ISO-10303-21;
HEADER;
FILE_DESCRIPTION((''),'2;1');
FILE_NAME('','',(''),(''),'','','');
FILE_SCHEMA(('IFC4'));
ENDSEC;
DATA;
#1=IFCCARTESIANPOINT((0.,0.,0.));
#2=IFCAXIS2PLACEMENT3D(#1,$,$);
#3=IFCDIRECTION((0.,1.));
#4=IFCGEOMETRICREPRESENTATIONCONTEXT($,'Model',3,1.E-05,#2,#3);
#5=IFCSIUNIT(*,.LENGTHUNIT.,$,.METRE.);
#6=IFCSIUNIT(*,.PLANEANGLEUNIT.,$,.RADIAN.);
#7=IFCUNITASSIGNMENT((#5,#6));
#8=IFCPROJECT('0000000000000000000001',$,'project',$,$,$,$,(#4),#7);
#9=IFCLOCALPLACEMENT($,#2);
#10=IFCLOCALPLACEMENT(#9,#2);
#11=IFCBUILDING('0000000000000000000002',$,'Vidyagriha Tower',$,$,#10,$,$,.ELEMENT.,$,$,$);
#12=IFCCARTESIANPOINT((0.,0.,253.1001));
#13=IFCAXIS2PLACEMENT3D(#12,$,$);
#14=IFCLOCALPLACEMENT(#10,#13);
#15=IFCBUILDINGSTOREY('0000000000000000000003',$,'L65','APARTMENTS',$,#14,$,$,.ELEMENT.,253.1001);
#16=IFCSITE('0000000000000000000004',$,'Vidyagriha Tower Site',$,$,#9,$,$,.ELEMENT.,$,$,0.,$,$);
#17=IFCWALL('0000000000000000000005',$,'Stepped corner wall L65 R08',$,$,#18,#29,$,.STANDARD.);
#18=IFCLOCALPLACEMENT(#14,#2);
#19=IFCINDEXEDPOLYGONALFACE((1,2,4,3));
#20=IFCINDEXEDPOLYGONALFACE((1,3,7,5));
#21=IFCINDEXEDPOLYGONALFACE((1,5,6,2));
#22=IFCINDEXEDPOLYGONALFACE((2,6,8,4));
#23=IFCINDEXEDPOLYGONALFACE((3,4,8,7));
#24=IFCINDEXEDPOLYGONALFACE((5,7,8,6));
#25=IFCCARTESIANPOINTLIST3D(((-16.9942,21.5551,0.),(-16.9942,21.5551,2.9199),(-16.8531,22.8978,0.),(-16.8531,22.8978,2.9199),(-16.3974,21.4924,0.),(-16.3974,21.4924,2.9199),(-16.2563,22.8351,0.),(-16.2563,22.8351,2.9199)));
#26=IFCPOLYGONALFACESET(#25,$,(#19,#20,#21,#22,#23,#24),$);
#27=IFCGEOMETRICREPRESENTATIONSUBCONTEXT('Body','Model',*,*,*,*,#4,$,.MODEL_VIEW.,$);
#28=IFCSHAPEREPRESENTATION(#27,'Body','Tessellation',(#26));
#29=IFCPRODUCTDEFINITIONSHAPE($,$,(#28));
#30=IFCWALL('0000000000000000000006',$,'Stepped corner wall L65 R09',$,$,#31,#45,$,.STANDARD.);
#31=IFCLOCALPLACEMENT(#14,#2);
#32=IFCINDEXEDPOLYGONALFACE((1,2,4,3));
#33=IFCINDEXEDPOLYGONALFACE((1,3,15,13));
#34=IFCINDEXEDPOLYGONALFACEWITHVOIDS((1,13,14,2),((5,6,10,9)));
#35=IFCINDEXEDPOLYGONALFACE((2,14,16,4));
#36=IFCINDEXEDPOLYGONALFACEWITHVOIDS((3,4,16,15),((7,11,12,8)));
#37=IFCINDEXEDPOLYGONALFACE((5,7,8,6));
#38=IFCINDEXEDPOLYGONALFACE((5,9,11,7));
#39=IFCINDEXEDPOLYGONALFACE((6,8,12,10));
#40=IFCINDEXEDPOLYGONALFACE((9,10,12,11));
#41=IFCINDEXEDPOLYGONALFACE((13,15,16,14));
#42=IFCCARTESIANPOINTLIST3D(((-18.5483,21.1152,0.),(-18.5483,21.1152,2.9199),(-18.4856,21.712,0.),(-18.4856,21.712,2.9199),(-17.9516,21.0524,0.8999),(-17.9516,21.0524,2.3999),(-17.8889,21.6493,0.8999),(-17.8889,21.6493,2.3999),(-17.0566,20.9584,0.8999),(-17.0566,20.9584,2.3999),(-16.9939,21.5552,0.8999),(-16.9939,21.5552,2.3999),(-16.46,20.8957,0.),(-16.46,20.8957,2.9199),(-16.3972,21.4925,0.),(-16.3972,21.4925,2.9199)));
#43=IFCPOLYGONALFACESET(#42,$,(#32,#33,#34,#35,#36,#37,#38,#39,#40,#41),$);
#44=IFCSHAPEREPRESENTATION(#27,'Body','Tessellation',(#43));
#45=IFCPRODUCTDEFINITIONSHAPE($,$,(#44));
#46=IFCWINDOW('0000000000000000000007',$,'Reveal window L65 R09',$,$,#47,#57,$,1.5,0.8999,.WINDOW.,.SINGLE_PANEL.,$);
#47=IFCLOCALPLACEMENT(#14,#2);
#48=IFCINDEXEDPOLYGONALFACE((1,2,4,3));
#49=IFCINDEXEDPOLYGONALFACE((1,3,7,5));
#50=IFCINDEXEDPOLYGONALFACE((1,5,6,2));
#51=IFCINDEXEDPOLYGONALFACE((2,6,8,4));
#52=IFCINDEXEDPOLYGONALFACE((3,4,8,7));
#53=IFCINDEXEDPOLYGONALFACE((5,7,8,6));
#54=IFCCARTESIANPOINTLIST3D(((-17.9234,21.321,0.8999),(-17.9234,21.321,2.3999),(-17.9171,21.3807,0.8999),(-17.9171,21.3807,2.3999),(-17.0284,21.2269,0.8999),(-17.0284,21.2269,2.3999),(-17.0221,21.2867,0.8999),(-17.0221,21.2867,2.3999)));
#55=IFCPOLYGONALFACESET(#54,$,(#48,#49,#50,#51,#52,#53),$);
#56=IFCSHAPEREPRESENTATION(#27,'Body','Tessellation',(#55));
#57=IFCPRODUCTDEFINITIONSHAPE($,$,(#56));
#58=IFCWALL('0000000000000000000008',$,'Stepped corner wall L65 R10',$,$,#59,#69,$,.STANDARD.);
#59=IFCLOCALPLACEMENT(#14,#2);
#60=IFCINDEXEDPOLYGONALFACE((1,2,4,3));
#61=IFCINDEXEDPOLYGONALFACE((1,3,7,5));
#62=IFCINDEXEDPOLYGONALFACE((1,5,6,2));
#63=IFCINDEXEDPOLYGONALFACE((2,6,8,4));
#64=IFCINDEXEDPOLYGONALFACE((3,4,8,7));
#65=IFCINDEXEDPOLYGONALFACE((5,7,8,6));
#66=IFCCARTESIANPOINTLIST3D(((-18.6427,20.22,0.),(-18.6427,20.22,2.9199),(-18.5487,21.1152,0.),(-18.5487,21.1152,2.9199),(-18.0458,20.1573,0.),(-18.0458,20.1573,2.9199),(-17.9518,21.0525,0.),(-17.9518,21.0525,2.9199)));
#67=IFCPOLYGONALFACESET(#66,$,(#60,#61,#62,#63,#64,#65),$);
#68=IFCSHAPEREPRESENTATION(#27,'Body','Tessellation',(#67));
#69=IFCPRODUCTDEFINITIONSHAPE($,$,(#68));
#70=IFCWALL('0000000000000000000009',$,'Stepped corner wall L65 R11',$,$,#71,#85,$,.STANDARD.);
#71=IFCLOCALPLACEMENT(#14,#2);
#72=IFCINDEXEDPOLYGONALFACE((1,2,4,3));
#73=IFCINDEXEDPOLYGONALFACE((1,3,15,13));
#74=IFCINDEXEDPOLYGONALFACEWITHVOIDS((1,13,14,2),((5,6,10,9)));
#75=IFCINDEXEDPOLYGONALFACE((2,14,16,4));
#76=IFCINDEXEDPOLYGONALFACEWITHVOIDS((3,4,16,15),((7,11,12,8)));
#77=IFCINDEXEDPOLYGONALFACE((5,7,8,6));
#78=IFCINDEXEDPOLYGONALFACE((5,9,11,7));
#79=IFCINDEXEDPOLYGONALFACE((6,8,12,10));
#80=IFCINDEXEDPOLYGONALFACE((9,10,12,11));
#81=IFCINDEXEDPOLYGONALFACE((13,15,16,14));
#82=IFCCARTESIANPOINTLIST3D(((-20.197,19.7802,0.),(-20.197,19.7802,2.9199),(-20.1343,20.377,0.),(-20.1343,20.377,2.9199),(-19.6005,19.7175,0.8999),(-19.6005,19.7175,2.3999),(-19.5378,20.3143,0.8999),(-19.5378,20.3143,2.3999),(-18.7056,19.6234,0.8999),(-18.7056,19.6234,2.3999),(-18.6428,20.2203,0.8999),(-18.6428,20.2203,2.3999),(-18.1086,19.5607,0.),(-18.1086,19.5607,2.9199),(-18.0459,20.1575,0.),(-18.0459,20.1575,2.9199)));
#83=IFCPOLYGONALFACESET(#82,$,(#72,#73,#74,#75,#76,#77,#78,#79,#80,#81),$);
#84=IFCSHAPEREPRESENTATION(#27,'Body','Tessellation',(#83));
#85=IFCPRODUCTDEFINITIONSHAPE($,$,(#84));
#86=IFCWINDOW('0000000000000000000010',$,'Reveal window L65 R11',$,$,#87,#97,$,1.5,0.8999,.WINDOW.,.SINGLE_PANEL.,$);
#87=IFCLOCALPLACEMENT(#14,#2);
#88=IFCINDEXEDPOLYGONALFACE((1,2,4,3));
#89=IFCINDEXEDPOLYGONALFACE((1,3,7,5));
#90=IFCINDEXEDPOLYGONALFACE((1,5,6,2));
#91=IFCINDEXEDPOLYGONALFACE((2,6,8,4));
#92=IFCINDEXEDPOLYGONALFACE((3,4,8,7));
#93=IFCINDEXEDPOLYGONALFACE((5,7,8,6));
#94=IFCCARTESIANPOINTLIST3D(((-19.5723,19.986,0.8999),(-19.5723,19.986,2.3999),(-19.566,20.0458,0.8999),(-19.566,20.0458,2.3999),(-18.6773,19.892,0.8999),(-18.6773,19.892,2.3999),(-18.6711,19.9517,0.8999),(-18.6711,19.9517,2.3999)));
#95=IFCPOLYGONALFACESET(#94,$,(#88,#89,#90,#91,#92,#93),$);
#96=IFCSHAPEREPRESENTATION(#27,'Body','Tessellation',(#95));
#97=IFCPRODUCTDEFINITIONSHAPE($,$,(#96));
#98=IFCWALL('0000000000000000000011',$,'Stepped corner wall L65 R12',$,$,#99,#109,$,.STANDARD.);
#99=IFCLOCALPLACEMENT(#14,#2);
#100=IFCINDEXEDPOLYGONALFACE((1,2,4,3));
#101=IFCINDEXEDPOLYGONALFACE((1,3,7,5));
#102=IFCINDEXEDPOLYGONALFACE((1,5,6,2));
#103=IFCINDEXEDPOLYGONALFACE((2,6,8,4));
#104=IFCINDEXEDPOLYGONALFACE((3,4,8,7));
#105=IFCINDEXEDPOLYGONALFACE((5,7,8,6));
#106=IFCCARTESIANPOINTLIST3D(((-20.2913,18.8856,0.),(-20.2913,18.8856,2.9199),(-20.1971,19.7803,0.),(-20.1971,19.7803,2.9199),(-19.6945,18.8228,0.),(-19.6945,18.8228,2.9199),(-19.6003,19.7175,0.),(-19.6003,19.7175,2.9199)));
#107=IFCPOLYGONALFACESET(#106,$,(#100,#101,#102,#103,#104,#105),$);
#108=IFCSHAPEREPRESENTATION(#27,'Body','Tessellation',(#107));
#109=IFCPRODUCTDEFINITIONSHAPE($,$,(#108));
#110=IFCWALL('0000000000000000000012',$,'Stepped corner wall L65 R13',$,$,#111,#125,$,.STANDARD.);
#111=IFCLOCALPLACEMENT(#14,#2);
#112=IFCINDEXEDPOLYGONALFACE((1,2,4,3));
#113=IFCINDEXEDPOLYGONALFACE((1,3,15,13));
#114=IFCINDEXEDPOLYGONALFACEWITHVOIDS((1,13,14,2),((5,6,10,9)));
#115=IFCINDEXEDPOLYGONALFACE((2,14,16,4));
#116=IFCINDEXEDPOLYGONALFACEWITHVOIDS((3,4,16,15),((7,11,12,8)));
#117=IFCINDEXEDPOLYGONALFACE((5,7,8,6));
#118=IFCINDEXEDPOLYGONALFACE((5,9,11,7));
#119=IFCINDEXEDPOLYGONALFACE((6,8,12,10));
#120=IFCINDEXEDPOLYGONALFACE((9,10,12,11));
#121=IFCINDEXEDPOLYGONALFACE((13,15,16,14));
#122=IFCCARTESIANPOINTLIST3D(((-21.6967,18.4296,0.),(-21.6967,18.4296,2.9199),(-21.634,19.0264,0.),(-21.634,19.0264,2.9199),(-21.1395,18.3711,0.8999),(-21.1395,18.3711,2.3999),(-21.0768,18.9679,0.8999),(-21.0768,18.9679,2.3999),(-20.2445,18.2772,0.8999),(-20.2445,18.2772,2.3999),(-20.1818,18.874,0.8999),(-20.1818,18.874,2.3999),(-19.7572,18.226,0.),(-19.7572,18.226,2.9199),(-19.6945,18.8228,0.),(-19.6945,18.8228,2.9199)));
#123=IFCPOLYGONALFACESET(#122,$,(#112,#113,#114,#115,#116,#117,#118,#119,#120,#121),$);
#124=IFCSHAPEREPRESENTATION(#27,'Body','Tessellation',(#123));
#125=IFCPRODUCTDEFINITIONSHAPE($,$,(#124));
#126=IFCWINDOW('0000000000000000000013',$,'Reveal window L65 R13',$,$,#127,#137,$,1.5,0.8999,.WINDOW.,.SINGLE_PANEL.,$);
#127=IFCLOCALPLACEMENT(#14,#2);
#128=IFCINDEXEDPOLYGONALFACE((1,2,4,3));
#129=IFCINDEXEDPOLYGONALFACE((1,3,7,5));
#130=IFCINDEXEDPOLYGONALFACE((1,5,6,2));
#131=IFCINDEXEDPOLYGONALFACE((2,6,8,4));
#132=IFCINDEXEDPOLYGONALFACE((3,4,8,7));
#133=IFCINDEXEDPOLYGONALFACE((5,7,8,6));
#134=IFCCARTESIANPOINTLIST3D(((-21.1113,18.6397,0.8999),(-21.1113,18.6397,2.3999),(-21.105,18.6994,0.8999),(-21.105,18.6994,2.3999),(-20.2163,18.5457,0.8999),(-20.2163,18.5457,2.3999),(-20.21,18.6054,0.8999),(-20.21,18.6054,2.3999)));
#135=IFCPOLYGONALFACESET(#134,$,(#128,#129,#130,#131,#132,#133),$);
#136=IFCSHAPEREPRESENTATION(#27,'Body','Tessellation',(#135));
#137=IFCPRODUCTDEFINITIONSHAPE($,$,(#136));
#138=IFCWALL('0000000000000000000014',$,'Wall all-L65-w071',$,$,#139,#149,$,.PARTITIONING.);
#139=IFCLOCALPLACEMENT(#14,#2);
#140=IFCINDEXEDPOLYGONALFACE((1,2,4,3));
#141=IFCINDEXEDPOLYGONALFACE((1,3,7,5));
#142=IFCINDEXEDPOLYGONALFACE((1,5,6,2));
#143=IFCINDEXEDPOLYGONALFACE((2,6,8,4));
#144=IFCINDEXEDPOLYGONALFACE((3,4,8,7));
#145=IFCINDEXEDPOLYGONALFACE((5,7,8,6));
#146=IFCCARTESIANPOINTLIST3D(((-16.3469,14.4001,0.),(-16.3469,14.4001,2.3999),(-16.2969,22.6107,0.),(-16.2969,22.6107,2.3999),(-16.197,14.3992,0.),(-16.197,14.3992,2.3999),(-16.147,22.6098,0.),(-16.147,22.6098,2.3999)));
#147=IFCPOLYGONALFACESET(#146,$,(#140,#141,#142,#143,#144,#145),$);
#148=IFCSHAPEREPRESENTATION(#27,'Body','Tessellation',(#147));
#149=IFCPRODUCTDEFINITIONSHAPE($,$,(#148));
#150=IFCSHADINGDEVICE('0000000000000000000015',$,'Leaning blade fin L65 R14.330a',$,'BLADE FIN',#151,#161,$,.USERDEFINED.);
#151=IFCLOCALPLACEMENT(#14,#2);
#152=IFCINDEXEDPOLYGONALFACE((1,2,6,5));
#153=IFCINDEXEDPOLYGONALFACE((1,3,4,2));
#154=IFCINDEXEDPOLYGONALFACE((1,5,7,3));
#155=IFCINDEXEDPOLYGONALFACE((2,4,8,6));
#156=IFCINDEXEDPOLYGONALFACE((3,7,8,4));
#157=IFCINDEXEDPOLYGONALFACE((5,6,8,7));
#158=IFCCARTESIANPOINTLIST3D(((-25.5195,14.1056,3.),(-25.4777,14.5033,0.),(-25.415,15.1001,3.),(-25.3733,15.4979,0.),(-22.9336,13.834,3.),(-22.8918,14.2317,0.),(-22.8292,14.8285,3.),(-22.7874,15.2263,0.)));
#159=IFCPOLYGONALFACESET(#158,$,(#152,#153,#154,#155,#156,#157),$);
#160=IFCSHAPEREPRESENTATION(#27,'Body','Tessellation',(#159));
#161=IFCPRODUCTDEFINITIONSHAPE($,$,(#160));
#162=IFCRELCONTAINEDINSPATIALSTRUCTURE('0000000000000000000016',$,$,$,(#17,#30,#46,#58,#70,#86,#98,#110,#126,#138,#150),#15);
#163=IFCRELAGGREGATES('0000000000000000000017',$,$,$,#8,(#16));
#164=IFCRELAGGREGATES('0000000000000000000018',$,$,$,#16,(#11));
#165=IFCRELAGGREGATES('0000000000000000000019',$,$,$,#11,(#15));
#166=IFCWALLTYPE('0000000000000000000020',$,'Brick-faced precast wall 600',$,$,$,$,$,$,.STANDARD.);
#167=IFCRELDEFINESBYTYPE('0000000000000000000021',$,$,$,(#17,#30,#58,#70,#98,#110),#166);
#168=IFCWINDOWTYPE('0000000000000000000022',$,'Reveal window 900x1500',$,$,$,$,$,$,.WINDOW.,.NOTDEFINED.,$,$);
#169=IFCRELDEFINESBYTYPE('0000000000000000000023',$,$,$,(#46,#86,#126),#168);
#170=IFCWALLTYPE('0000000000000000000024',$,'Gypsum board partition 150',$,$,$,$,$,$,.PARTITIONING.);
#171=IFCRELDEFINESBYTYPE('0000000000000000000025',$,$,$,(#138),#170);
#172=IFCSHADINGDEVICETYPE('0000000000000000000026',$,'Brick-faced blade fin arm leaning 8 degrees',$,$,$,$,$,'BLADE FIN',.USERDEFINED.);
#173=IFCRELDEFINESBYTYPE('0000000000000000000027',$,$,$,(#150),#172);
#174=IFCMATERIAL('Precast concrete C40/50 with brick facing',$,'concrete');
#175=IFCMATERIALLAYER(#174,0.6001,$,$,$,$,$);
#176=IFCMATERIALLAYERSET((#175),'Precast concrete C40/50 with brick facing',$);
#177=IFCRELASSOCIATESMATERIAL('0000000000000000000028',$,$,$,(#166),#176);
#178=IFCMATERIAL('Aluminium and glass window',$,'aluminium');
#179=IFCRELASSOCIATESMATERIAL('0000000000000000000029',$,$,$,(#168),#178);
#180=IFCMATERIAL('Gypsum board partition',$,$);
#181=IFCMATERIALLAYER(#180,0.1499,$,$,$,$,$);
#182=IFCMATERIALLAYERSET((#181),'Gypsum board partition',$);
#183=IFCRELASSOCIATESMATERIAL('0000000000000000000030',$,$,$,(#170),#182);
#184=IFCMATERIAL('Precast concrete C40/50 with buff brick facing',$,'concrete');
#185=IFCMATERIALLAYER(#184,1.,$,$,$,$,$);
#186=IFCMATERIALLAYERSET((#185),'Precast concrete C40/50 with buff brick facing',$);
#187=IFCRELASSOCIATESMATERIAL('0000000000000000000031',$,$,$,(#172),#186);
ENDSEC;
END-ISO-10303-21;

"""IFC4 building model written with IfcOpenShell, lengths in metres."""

from ifc_helpers import new_model, si_unit, direction, frame, frame_2d, origin, place, context, subcontext, project, spatial, polyline, rectangle, outline, extrude, material, layer, layer_set, type_object, element, fill, save


model = new_model("IFC4")

# Units and contexts
model_context = context("Model", 3, precision=1e-05, world=origin(), true_north=direction((0.0, 1.0)))
body_context = subcontext(model_context, "Body", "Model", "MODEL_VIEW")
ifc_project = project(units=[si_unit("LENGTHUNIT", "METRE"), si_unit("PLANEANGLEUNIT", "RADIAN")], contexts=[model_context])

# Site, building, storey
site_placement = place(None, origin())
site = spatial("IfcSite", under=ifc_project, at=site_placement, Name="Vidyagriha Tower Site", CompositionType="ELEMENT", RefElevation=0.0)
building_placement = place(site_placement, origin())
building = spatial("IfcBuilding", under=site, at=building_placement, Name="Vidyagriha Tower", CompositionType="ELEMENT")
storey_placement = place(building_placement, frame((0.0, 0.0, 253.1001)))
storey = spatial("IfcBuildingStorey", under=building, at=storey_placement, Name="L65", Description="APARTMENTS", CompositionType="ELEMENT", Elevation=253.1001)

# Wall
ifc_material_1 = material(Name="Precast concrete C40/50 with brick facing", Category="concrete")
ifc_layer_1 = layer(ifc_material_1, 0.6001)
ifc_layer_set_1 = layer_set([ifc_layer_1], Name="Precast concrete C40/50 with brick facing")
wall_type_1 = type_object("IfcWallType", Name="Brick-faced precast wall 600", PredefinedType="STANDARD", material=ifc_layer_set_1)
wall_1_placement = place(storey_placement, frame((-16.5547, 22.8665, 0.0), z_axis=(0.0, 0.0, 1.0), x_axis=(-0.104515, -0.994523, 0.0)))
element("IfcWall", 1, at=wall_1_placement, inside=storey, type_object=wall_type_1, Name="Stepped corner wall L65 R08", PredefinedType="STANDARD", context=body_context, shape_type="SweptSolid", body=[
    extrude(rectangle(XDim=1.3501, YDim=0.6001, at=frame_2d((0.675, 0.0))), origin(), (0.0, 0.0, 1.0), 2.9199),
])

# Wall, opening, window
wall_2_placement = place(storey_placement, frame((-16.4287, 21.1941, 0.0), z_axis=(0.0, 0.0, 1.0), x_axis=(-0.994523, 0.104521, 0.0)))
wall_2 = element("IfcWall", 2, at=wall_2_placement, inside=storey, type_object=wall_type_1, Name="Stepped corner wall L65 R09", PredefinedType="STANDARD", context=body_context, shape_type="SweptSolid", body=[
    extrude(rectangle(XDim=2.0999, YDim=0.6001, at=frame_2d((1.0498, 0.0))), origin(), (0.0, 0.0, 1.0), 2.9199),
])
opening_1_placement = place(wall_2_placement, frame((0.5999, 0.0, 0.8999)))
opening_1 = element("IfcOpeningElement", 3, at=opening_1_placement, cuts=wall_2, PredefinedType="OPENING", context=body_context, shape_type="SweptSolid", body=[
    extrude(rectangle(XDim=0.8999, YDim=1.5, at=frame_2d((0.45, 0.75))), frame((0.0, 0.3101, 0.0), z_axis=(0.0, -1.0, 0.0), x_axis=(1.0, 0.0, 0.0)), (0.0, 0.0, 1.0), 0.6201),
])
ifc_material_2 = material(Name="Aluminium and glass window", Category="aluminium")
window_type = type_object("IfcWindowType", Name="Reveal window 900x1500", PartitioningType="NOTDEFINED", PredefinedType="WINDOW", material=ifc_material_2)
window_1_placement = place(opening_1_placement, origin())
window_1 = element("IfcWindow", 4, at=window_1_placement, inside=storey, type_object=window_type, Name="Reveal window L65 R09", OverallHeight=1.5, OverallWidth=0.8999, PartitioningType="SINGLE_PANEL", PredefinedType="WINDOW", context=body_context, shape_type="SweptSolid", body=[
    extrude(rectangle(XDim=0.8999, YDim=1.5, at=frame_2d((0.45, 0.75))), frame((0.0, 0.03, 0.0), z_axis=(0.0, -1.0, 0.0), x_axis=(1.0, 0.0, 0.0)), (0.0, 0.0, 1.0), 0.0601),
])
fill(opening_1, window_1)

# Wall
wall_3_placement = place(storey_placement, frame((-18.2502, 21.084, 0.0), z_axis=(0.0, 0.0, 1.0), x_axis=(-0.104417, -0.994534, 0.0)))
element("IfcWall", 5, at=wall_3_placement, inside=storey, type_object=wall_type_1, Name="Stepped corner wall L65 R10", PredefinedType="STANDARD", context=body_context, shape_type="SweptSolid", body=[
    extrude(rectangle(XDim=0.9001, YDim=0.6001, at=frame_2d((0.4502, 0.0))), origin(), (0.0, 0.0, 1.0), 2.9199),
])

# Wall, opening, window
wall_4_placement = place(storey_placement, frame((-18.0774, 19.8591, 0.0), z_axis=(0.0, 0.0, 1.0), x_axis=(-0.994523, 0.104521, 0.0)))
wall_4 = element("IfcWall", 6, at=wall_4_placement, inside=storey, type_object=wall_type_1, Name="Stepped corner wall L65 R11", PredefinedType="STANDARD", context=body_context, shape_type="SweptSolid", body=[
    extrude(rectangle(XDim=2.0999, YDim=0.6001, at=frame_2d((1.0498, 0.0))), origin(), (0.0, 0.0, 1.0), 2.9199),
])
opening_2_placement = place(wall_4_placement, frame((0.6001, 0.0, 0.8999)))
opening_2 = element("IfcOpeningElement", 7, at=opening_2_placement, cuts=wall_4, PredefinedType="OPENING", context=body_context, shape_type="SweptSolid", body=[
    extrude(rectangle(XDim=0.8999, YDim=1.5, at=frame_2d((0.45, 0.75))), frame((0.0, 0.3101, 0.0), z_axis=(0.0, -1.0, 0.0), x_axis=(1.0, 0.0, 0.0)), (0.0, 0.0, 1.0), 0.6201),
])
window_2_placement = place(opening_2_placement, origin())
window_2 = element("IfcWindow", 8, at=window_2_placement, inside=storey, type_object=window_type, Name="Reveal window L65 R11", OverallHeight=1.5, OverallWidth=0.8999, PartitioningType="SINGLE_PANEL", PredefinedType="WINDOW", context=body_context, shape_type="SweptSolid", body=[
    extrude(rectangle(XDim=0.8999, YDim=1.5, at=frame_2d((0.45, 0.75))), frame((0.0, 0.03, 0.0), z_axis=(0.0, -1.0, 0.0), x_axis=(1.0, 0.0, 0.0)), (0.0, 0.0, 1.0), 0.0601),
])
fill(opening_2, window_2)

# Wall
wall_5_placement = place(storey_placement, frame((-19.8987, 19.7488, 0.0), z_axis=(0.0, 0.0, 1.0), x_axis=(-0.104741, -0.9945, 0.0)))
element("IfcWall", 9, at=wall_5_placement, inside=storey, type_object=wall_type_1, Name="Stepped corner wall L65 R12", PredefinedType="STANDARD", context=body_context, shape_type="SweptSolid", body=[
    extrude(rectangle(XDim=0.8997, YDim=0.6001, at=frame_2d((0.4497, 0.0))), origin(), (0.0, 0.0, 1.0), 2.9199),
])

# Wall, opening, window
wall_6_placement = place(storey_placement, frame((-19.7258, 18.5244, 0.0), z_axis=(0.0, 0.0, 1.0), x_axis=(-0.994534, 0.104411, 0.0)))
wall_6 = element("IfcWall", 10, at=wall_6_placement, inside=storey, type_object=wall_type_1, Name="Stepped corner wall L65 R13", PredefinedType="STANDARD", context=body_context, shape_type="SweptSolid", body=[
    extrude(rectangle(XDim=1.9502, YDim=0.6001, at=frame_2d((0.9751, 0.0))), origin(), (0.0, 0.0, 1.0), 2.9199),
])
opening_3_placement = place(wall_6_placement, frame((0.49, 0.0, 0.8999)))
opening_3 = element("IfcOpeningElement", 11, at=opening_3_placement, cuts=wall_6, PredefinedType="OPENING", context=body_context, shape_type="SweptSolid", body=[
    extrude(rectangle(XDim=0.8999, YDim=1.5, at=frame_2d((0.45, 0.75))), frame((0.0, 0.3101, 0.0), z_axis=(0.0, -1.0, 0.0), x_axis=(1.0, 0.0, 0.0)), (0.0, 0.0, 1.0), 0.6201),
])
window_3_placement = place(opening_3_placement, origin())
window_3 = element("IfcWindow", 12, at=window_3_placement, inside=storey, type_object=window_type, Name="Reveal window L65 R13", OverallHeight=1.5, OverallWidth=0.8999, PartitioningType="SINGLE_PANEL", PredefinedType="WINDOW", context=body_context, shape_type="SweptSolid", body=[
    extrude(rectangle(XDim=0.8999, YDim=1.5, at=frame_2d((0.45, 0.75))), frame((0.0, 0.03, 0.0), z_axis=(0.0, -1.0, 0.0), x_axis=(1.0, 0.0, 0.0)), (0.0, 0.0, 1.0), 0.0601),
])
fill(opening_3, window_3)

# Wall
ifc_material_3 = material(Name="Gypsum board partition")
ifc_layer_2 = layer(ifc_material_3, 0.1499)
ifc_layer_set_2 = layer_set([ifc_layer_2], Name="Gypsum board partition")
wall_type_2 = type_object("IfcWallType", Name="Gypsum board partition 150", PredefinedType="PARTITIONING", material=ifc_layer_set_2)
wall_7_placement = place(storey_placement, frame((-16.2219, 22.6104, 0.0), z_axis=(0.0, 0.0, 1.0), x_axis=(-0.006096, -0.999981, 0.0)))
element("IfcWall", 13, at=wall_7_placement, inside=storey, type_object=wall_type_2, Name="Wall all-L65-w071", PredefinedType="PARTITIONING", context=body_context, shape_type="SweptSolid", body=[
    extrude(rectangle(XDim=8.2107, YDim=0.1499, at=frame_2d((4.1055, 0.0))), origin(), (0.0, 0.0, 1.0), 2.3999),
])

# Shading device
ifc_material_4 = material(Name="Precast concrete C40/50 with buff brick facing", Category="concrete")
ifc_layer_3 = layer(ifc_material_4, 1.0)
ifc_layer_set_3 = layer_set([ifc_layer_3], Name="Precast concrete C40/50 with buff brick facing")
shading_device_type = type_object("IfcShadingDeviceType", Name="Brick-faced blade fin arm leaning 8 degrees", ElementType="BLADE FIN", PredefinedType="USERDEFINED", material=ifc_layer_set_3)
shading_device_placement = place(storey_placement, frame((-24.0803, 15.3621, 0.0), z_axis=(0.0, 0.0, 1.0), x_axis=(-0.104458, -0.994529, 0.0)))
element("IfcShadingDevice", 14, at=shading_device_placement, inside=storey, type_object=shading_device_type, Name="Leaning blade fin L65 R14.330a", ObjectType="BLADE FIN", PredefinedType="USERDEFINED", context=body_context, shape_type="SweptSolid", body=[
    extrude(outline(polyline([(0.0, 0.0), (1.0, 0.0), (1.3999, 3.0), (0.3999, 3.0), (0.0, 0.0)])), frame((0.0, 1.3, 0.0), z_axis=(0.0, -1.0, 0.0), x_axis=(1.0, 0.0, 0.0)), (0.0, 0.0, 1.0), 2.6001),
])

save(model, "model.ifc")
